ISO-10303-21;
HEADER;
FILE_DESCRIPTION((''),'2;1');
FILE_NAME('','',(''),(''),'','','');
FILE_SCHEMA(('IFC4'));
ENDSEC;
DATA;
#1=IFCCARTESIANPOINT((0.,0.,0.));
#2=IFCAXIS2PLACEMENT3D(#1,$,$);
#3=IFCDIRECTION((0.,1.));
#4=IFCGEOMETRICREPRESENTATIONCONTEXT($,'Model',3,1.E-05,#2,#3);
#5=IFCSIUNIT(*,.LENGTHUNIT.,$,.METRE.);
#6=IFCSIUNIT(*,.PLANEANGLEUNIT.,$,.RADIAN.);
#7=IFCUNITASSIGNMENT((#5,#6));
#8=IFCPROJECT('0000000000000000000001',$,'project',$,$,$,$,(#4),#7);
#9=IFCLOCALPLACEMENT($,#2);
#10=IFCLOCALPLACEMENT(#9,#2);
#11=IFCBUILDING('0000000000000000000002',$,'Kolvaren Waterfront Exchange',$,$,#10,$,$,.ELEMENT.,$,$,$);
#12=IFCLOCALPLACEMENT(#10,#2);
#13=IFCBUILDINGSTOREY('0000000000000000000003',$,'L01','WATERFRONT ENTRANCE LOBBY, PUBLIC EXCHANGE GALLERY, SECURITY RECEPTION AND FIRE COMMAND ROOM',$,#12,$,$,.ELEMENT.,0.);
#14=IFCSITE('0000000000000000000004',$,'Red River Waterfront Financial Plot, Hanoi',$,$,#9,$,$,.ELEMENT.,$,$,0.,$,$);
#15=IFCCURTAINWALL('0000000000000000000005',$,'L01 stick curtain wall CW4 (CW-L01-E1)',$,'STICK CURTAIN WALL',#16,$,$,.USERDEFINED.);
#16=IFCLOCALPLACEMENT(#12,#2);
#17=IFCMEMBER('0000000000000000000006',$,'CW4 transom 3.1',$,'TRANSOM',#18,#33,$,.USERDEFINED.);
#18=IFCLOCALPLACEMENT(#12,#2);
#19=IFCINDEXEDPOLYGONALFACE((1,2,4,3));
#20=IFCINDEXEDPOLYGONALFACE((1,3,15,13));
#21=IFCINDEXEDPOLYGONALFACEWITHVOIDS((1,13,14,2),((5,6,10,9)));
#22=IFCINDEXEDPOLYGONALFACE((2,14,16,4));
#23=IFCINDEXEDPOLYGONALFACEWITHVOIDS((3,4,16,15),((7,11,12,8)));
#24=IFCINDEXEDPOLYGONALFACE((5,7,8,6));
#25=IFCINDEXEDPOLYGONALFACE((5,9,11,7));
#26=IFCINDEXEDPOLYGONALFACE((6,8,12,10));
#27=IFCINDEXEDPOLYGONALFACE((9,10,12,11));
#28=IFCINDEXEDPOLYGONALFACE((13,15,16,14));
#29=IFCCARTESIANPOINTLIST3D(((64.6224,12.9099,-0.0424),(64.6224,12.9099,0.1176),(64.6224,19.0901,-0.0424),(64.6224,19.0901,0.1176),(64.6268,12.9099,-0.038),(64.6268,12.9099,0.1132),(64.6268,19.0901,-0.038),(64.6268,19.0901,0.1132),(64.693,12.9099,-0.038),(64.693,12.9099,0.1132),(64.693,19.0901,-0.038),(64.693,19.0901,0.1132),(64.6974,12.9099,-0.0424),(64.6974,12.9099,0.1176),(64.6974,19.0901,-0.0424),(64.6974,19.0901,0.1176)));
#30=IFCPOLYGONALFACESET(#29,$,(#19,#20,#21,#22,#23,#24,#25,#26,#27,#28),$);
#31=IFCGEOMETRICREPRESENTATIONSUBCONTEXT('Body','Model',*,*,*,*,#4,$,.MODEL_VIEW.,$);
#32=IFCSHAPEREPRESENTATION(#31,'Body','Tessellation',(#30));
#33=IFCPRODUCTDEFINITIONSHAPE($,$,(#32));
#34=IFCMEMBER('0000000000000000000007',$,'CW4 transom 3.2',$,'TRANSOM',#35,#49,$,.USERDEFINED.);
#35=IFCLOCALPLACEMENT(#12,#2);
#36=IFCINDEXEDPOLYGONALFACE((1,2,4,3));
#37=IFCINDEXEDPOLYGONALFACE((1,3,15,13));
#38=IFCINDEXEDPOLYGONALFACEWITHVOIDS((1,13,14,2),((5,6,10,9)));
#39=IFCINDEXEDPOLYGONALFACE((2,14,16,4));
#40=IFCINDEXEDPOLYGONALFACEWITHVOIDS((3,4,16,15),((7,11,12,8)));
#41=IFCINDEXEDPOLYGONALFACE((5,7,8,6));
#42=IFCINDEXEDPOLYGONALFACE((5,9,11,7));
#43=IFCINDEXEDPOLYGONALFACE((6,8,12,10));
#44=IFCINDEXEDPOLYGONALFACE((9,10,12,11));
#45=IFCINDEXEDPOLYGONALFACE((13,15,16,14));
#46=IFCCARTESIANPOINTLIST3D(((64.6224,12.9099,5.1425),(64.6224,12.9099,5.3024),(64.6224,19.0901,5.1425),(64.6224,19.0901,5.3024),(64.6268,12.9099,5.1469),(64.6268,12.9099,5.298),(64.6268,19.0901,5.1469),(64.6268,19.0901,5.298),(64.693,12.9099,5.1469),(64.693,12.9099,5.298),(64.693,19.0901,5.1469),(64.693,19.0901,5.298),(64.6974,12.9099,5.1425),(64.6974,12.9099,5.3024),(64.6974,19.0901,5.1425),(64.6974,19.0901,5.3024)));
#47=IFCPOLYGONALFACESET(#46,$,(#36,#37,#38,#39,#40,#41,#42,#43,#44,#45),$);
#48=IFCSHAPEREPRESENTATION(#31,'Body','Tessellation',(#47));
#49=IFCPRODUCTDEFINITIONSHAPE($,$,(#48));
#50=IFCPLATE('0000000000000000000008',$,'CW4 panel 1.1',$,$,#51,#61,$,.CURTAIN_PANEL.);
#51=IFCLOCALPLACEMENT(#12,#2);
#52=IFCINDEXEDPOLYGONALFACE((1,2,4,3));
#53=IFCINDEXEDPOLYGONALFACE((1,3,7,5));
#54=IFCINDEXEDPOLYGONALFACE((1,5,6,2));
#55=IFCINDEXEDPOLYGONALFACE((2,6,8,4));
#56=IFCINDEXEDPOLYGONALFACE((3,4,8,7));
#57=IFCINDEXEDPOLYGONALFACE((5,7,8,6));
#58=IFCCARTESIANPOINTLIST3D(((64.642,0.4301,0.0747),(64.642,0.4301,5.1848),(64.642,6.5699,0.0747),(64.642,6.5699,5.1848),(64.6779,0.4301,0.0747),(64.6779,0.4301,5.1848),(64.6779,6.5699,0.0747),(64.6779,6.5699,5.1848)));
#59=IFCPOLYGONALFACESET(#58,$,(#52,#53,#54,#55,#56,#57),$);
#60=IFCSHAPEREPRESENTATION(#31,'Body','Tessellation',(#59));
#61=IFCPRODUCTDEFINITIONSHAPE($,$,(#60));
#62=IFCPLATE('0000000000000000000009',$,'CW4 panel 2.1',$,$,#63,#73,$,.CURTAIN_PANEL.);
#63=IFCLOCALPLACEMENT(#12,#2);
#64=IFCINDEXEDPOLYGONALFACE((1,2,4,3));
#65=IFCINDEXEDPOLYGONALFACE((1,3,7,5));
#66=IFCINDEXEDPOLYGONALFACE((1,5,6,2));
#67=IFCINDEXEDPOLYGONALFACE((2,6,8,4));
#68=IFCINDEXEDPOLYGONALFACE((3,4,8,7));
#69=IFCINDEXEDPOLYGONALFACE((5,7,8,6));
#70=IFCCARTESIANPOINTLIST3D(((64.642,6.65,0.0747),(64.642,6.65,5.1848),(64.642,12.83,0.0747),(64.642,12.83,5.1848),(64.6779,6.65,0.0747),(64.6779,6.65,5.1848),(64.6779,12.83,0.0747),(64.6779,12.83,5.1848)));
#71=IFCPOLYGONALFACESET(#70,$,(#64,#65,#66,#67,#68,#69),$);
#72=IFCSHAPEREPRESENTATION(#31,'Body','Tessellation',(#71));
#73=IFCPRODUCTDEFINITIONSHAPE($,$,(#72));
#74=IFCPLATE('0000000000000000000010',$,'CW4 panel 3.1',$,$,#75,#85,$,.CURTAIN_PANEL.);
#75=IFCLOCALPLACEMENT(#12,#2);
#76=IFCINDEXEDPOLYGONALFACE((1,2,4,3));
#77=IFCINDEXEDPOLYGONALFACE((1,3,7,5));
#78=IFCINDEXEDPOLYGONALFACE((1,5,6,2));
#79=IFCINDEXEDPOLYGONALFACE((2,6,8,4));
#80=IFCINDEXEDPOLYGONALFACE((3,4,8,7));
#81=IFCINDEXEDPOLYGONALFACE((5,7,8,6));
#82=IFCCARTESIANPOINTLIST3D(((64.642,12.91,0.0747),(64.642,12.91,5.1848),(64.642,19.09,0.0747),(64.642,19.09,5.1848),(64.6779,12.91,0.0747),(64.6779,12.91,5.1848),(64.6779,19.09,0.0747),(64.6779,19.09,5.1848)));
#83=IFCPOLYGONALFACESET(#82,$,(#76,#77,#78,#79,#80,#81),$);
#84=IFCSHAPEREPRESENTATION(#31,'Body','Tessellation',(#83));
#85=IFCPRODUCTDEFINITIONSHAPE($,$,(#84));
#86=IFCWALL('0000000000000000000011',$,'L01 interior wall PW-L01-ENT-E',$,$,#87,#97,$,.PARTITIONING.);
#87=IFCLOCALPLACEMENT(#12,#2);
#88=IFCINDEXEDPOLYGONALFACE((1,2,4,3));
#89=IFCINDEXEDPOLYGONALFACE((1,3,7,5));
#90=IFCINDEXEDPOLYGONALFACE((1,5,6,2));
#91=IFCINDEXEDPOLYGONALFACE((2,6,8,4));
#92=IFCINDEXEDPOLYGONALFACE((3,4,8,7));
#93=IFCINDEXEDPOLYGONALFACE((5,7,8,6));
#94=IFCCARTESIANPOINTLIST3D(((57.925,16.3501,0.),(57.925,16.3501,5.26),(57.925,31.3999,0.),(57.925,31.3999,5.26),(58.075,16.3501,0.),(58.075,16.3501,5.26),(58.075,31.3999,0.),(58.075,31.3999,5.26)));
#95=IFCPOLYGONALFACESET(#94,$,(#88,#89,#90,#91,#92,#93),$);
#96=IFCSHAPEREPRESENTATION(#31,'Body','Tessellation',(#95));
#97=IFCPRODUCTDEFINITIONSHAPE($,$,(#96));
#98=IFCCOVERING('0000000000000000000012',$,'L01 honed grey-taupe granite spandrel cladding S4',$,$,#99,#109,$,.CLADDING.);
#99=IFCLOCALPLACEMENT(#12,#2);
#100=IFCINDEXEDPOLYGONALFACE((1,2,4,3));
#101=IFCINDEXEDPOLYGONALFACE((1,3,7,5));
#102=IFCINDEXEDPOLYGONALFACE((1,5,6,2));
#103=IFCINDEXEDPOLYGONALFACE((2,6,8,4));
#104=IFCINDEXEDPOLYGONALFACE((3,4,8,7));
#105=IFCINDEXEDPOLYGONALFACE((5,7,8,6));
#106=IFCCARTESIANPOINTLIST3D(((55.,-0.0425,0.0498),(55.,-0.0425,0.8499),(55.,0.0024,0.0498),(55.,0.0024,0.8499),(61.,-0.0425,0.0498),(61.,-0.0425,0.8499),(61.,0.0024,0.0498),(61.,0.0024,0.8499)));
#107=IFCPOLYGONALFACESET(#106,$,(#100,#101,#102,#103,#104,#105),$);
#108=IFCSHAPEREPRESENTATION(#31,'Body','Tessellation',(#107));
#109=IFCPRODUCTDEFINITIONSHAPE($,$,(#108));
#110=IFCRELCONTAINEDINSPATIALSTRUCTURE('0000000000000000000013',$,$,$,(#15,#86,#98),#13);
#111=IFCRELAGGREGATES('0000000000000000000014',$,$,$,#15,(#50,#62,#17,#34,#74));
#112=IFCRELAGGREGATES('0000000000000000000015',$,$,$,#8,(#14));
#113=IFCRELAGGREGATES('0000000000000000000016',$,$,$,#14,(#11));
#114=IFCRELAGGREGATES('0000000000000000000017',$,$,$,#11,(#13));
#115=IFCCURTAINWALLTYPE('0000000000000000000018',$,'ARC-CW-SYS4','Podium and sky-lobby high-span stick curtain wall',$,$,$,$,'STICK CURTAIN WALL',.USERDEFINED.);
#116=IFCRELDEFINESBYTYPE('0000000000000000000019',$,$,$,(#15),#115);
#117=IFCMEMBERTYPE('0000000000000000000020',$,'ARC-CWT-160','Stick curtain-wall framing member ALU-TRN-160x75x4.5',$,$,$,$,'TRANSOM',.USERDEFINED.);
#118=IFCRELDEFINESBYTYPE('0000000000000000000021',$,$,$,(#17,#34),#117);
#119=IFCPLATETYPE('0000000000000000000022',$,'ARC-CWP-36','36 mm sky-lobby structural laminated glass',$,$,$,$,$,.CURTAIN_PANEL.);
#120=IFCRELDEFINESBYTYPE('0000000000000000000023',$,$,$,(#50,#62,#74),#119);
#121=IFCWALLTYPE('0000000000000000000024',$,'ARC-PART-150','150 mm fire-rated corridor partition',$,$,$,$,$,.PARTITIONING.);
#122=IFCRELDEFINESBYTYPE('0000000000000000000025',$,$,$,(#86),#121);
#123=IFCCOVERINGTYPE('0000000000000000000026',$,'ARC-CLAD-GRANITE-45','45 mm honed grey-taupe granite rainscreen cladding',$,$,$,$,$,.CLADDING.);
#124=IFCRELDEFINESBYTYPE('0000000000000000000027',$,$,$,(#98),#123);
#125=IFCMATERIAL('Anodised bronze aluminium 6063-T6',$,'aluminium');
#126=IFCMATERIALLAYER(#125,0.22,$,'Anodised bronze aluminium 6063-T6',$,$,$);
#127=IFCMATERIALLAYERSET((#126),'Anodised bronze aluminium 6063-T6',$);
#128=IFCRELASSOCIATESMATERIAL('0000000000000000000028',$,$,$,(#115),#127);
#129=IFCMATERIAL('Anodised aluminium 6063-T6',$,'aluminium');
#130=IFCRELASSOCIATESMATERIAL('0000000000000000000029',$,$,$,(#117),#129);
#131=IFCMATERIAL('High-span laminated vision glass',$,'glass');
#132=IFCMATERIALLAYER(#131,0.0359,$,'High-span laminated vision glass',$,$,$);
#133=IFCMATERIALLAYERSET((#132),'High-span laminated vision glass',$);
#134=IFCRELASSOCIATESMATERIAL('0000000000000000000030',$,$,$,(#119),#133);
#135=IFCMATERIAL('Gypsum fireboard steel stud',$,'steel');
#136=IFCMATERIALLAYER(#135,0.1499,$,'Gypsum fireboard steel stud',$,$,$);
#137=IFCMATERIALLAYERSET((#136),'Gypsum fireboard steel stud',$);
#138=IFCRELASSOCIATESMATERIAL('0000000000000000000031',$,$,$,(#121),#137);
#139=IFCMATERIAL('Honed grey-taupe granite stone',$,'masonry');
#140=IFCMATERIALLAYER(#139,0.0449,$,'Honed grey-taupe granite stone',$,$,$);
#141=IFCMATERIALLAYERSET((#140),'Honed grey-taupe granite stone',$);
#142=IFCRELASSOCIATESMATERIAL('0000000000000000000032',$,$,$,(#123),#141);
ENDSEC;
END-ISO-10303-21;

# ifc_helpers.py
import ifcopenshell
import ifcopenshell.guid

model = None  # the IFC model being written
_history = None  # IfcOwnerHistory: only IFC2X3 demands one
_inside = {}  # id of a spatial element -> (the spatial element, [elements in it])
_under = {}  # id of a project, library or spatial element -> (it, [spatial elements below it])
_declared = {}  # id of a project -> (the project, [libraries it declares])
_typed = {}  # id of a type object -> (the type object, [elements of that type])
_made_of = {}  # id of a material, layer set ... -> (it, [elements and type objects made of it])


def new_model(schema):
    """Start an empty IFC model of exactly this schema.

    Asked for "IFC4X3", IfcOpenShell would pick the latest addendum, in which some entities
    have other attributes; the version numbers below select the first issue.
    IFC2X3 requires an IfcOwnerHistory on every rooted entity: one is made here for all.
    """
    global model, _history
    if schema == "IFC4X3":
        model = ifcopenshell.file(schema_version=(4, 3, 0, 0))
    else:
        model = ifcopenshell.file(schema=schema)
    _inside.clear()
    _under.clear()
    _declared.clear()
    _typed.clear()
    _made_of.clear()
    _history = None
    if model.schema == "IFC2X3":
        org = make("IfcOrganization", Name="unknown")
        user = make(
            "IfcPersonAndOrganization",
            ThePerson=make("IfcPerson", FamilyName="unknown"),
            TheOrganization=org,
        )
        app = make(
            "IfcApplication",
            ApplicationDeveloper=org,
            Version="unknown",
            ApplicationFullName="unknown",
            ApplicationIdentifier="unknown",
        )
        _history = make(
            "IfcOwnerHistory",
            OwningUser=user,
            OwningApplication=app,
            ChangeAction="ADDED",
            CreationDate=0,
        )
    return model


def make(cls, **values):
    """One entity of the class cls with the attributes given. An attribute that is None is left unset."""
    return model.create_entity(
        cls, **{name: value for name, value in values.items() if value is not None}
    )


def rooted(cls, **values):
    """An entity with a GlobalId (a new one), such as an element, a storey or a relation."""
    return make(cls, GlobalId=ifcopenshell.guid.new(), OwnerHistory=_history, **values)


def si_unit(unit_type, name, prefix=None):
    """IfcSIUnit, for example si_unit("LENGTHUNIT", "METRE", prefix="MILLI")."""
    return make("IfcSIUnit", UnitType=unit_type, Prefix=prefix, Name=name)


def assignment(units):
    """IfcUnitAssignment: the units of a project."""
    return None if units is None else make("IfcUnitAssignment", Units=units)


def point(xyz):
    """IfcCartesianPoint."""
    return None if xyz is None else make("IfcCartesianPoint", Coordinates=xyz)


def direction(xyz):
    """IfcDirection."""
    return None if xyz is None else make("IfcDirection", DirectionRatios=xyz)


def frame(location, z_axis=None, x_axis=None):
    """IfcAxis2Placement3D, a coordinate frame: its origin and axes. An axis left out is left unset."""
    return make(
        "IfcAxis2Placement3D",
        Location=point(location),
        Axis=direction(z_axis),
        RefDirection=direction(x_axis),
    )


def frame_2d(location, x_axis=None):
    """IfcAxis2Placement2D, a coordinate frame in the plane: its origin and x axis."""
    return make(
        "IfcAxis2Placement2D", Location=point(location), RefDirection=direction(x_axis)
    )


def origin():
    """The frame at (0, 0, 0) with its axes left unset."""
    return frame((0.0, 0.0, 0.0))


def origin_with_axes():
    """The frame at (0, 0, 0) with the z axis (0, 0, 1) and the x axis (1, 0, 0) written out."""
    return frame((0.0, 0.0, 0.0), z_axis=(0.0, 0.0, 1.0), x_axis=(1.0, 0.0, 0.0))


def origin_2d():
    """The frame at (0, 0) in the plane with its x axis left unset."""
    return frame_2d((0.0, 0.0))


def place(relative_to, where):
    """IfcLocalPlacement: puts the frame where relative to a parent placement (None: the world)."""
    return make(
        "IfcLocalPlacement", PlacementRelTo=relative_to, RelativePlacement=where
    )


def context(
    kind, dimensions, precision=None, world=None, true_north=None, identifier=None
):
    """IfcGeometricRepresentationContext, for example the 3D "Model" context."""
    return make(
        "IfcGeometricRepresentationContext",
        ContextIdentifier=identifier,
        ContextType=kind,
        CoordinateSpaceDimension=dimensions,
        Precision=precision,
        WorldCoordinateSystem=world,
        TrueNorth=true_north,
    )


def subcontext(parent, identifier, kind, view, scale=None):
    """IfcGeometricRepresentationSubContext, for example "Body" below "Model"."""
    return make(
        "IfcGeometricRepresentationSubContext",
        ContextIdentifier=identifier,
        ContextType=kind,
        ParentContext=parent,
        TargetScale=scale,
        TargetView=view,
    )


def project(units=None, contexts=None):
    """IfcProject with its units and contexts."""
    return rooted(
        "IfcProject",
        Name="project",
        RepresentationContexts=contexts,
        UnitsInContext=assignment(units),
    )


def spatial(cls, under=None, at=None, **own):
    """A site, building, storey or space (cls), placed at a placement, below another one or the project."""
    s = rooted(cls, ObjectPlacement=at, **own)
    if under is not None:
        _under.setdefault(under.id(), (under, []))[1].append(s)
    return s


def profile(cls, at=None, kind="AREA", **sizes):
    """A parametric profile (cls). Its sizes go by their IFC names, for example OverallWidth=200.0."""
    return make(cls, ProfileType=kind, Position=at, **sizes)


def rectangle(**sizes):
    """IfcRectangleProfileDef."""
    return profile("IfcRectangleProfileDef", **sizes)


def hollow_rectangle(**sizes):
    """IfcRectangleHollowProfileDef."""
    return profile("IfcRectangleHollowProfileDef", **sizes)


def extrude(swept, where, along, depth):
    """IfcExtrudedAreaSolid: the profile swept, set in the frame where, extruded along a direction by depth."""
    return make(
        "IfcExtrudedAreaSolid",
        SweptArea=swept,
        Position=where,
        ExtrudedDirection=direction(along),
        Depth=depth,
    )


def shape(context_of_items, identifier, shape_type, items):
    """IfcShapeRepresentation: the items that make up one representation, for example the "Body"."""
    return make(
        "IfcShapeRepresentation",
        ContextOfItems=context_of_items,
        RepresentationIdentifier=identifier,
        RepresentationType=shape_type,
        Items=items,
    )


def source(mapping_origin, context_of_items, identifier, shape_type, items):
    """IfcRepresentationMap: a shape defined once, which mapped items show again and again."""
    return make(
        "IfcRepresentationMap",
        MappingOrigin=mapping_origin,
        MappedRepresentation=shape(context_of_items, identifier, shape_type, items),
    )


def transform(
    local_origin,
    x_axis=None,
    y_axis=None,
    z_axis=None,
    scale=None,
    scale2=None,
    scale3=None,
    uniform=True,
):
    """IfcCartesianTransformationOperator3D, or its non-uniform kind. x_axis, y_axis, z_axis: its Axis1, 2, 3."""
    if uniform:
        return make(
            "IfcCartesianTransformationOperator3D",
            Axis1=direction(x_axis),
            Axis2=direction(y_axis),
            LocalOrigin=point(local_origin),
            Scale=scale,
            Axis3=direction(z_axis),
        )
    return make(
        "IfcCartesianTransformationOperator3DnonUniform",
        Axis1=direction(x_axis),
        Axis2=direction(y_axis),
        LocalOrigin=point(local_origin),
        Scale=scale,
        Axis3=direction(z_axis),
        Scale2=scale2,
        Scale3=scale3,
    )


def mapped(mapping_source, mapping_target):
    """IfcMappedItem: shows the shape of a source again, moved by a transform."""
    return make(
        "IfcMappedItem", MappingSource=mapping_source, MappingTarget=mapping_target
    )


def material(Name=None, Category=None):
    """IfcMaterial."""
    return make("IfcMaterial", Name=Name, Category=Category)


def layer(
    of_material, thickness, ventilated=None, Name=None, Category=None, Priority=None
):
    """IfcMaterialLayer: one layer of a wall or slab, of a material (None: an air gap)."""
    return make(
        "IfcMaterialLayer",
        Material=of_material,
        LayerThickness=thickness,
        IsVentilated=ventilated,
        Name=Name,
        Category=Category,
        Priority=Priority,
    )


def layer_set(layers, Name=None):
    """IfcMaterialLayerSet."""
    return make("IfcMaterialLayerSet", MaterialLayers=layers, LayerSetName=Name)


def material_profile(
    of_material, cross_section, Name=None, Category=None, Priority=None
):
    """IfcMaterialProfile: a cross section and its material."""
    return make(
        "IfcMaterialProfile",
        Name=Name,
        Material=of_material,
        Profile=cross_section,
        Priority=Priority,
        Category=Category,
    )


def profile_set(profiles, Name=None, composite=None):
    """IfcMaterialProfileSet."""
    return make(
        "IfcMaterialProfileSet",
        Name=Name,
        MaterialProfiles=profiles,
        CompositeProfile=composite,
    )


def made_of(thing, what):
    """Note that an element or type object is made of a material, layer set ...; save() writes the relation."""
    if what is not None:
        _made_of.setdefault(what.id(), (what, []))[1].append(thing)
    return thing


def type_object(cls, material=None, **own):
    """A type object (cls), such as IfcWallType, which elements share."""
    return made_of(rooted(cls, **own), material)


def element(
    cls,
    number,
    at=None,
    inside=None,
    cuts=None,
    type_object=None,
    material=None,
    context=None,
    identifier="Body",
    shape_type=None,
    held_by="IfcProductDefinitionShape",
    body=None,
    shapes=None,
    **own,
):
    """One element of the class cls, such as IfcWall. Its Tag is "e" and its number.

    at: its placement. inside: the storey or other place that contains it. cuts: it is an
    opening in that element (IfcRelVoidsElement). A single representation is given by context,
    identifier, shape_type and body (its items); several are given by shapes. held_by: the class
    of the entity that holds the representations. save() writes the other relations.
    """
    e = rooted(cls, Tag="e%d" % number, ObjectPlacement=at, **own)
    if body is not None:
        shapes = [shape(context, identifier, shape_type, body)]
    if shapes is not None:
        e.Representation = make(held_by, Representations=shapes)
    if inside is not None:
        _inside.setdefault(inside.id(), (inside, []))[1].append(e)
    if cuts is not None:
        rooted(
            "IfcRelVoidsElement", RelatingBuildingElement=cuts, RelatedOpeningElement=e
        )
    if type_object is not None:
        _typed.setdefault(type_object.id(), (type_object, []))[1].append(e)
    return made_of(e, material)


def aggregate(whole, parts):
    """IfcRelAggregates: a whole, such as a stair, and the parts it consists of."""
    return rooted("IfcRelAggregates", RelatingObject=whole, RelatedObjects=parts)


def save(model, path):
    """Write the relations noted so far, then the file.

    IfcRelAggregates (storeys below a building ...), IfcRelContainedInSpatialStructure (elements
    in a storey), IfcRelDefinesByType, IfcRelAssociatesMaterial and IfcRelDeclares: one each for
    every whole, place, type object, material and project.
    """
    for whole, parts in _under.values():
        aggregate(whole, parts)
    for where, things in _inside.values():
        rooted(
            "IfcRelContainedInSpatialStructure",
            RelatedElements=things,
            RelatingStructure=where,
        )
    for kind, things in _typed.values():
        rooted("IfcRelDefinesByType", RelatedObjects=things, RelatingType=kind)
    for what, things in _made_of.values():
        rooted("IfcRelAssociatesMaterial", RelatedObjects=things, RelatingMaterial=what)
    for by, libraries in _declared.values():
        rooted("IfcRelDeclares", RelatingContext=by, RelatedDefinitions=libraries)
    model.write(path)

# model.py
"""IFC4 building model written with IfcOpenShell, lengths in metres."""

from ifc_helpers import new_model, si_unit, direction, frame, frame_2d, origin, origin_with_axes, origin_2d, place, context, subcontext, project, spatial, rectangle, hollow_rectangle, extrude, source, transform, mapped, material, layer, layer_set, material_profile, profile_set, type_object, element, aggregate, save


model = new_model("IFC4")

# Units and contexts
model_context = context("Model", 3, precision=1e-05, world=origin(), true_north=direction((0.0, 1.0)))
body_context = subcontext(model_context, "Body", "Model", "MODEL_VIEW")
ifc_project = project(units=[si_unit("LENGTHUNIT", "METRE"), si_unit("PLANEANGLEUNIT", "RADIAN")], contexts=[model_context])

# Site, building, storey
site_placement = place(None, origin())
site = spatial("IfcSite", under=ifc_project, at=site_placement, Name="Red River Waterfront Financial Plot, Hanoi", CompositionType="ELEMENT", RefElevation=0.0)
building_placement = place(site_placement, origin())
building = spatial("IfcBuilding", under=site, at=building_placement, Name="Kolvaren Waterfront Exchange", CompositionType="ELEMENT")
storey_placement = place(building_placement, origin())
storey = spatial("IfcBuildingStorey", under=building, at=storey_placement, Name="L01", Description="WATERFRONT ENTRANCE LOBBY, PUBLIC EXCHANGE GALLERY, SECURITY RECEPTION AND FIRE COMMAND ROOM", CompositionType="ELEMENT", Elevation=0.0)

# Curtain wall, members, plates
ifc_material_1 = material(Name="Anodised bronze aluminium 6063-T6", Category="aluminium")
ifc_layer_1 = layer(ifc_material_1, 0.22, Name="Anodised bronze aluminium 6063-T6")
ifc_layer_set_1 = layer_set([ifc_layer_1], Name="Anodised bronze aluminium 6063-T6")
curtain_wall_type = type_object("IfcCurtainWallType", Name="ARC-CW-SYS4", Description="Podium and sky-lobby high-span stick curtain wall", ElementType="STICK CURTAIN WALL", PredefinedType="USERDEFINED", material=ifc_layer_set_1)
curtain_wall_placement = place(storey_placement, origin())
curtain_wall = element("IfcCurtainWall", 1, at=curtain_wall_placement, inside=storey, type_object=curtain_wall_type, Name="L01 stick curtain wall CW4 (CW-L01-E1)", ObjectType="STICK CURTAIN WALL", PredefinedType="USERDEFINED")
ifc_material_2 = material(Name="Anodised aluminium 6063-T6", Category="aluminium")
ifc_material_profile_1 = material_profile(ifc_material_2, hollow_rectangle(XDim=0.075, YDim=0.1599, WallThickness=0.0044, at=origin_2d()), Name="ALU-TRN-160x75x4.5")
ifc_profile_set_1 = profile_set([ifc_material_profile_1], Name="Anodised aluminium 6063-T6")
member_type_1 = type_object("IfcMemberType", Name="ARC-CWT-160", Description="Stick curtain-wall framing member ALU-TRN-160x75x4.5", ElementType="TRANSOM", PredefinedType="USERDEFINED", material=ifc_profile_set_1)
shared_shape_1 = source(origin_with_axes(), body_context, "Body", "SweptSolid", [
    extrude(hollow_rectangle(XDim=0.075, YDim=0.1599, WallThickness=0.0044, at=origin_2d()), origin(), (0.0, 0.0, 1.0), 6.1802),
])
member_1_placement = place(storey_placement, frame((64.6599, 12.9099, 0.0376), z_axis=(0.0, 1.0, 0.0), x_axis=(-1.0, 0.0, 0.0)))
member_1 = element("IfcMember", 2, at=member_1_placement, type_object=member_type_1, Name="CW4 transom 3.1", ObjectType="TRANSOM", PredefinedType="USERDEFINED", context=body_context, shape_type="MappedRepresentation", body=[
    mapped(shared_shape_1, transform((0.0, 0.0, 0.0), x_axis=(1.0, 0.0, 0.0), y_axis=(0.0, 1.0, 0.0), z_axis=(0.0, 0.0, 1.0), scale=1.0)),
])
member_2_placement = place(storey_placement, frame((64.6599, 12.9099, 5.2224), z_axis=(0.0, 1.0, 0.0), x_axis=(-1.0, 0.0, 0.0)))
member_2 = element("IfcMember", 3, at=member_2_placement, type_object=member_type_1, Name="CW4 transom 3.2", ObjectType="TRANSOM", PredefinedType="USERDEFINED", context=body_context, shape_type="MappedRepresentation", body=[
    mapped(shared_shape_1, transform((0.0, 0.0, 0.0), x_axis=(1.0, 0.0, 0.0), y_axis=(0.0, 1.0, 0.0), z_axis=(0.0, 0.0, 1.0), scale=1.0)),
])
ifc_material_3 = material(Name="High-span laminated vision glass", Category="glass")
ifc_layer_2 = layer(ifc_material_3, 0.0359, Name="High-span laminated vision glass")
ifc_layer_set_2 = layer_set([ifc_layer_2], Name="High-span laminated vision glass")
plate_type = type_object("IfcPlateType", Name="ARC-CWP-36", Description="36 mm sky-lobby structural laminated glass", PredefinedType="CURTAIN_PANEL", material=ifc_layer_set_2)
shared_shape_2 = source(origin_with_axes(), body_context, "Body", "SweptSolid", [
    extrude(rectangle(XDim=6.1399, YDim=0.0359, at=origin_2d()), origin(), (0.0, 0.0, 1.0), 5.1101),
])
plate_1_placement = place(storey_placement, frame((64.6599, 3.5, 0.0747), z_axis=(0.0, 0.0, 1.0), x_axis=(0.0, 1.0, 0.0)))
plate_1 = element("IfcPlate", 4, at=plate_1_placement, type_object=plate_type, Name="CW4 panel 1.1", PredefinedType="CURTAIN_PANEL", context=body_context, shape_type="MappedRepresentation", body=[
    mapped(shared_shape_2, transform((0.0, 0.0, 0.0), x_axis=(1.0, 0.0, 0.0), y_axis=(0.0, 1.0, 0.0), z_axis=(0.0, 0.0, 1.0), scale=1.0)),
])
shared_shape_3 = source(origin_with_axes(), body_context, "Body", "SweptSolid", [
    extrude(rectangle(XDim=6.1799, YDim=0.0359, at=origin_2d()), origin(), (0.0, 0.0, 1.0), 5.1101),
])
plate_2_placement = place(storey_placement, frame((64.6599, 9.74, 0.0747), z_axis=(0.0, 0.0, 1.0), x_axis=(0.0, 1.0, 0.0)))
plate_2 = element("IfcPlate", 5, at=plate_2_placement, type_object=plate_type, Name="CW4 panel 2.1", PredefinedType="CURTAIN_PANEL", context=body_context, shape_type="MappedRepresentation", body=[
    mapped(shared_shape_3, transform((0.0, 0.0, 0.0), x_axis=(1.0, 0.0, 0.0), y_axis=(0.0, 1.0, 0.0), z_axis=(0.0, 0.0, 1.0), scale=1.0)),
])
plate_3_placement = place(storey_placement, frame((64.6599, 16.0, 0.0747), z_axis=(0.0, 0.0, 1.0), x_axis=(0.0, 1.0, 0.0)))
plate_3 = element("IfcPlate", 6, at=plate_3_placement, type_object=plate_type, Name="CW4 panel 3.1", PredefinedType="CURTAIN_PANEL", context=body_context, shape_type="MappedRepresentation", body=[
    mapped(shared_shape_3, transform((0.0, 0.0, 0.0), x_axis=(1.0, 0.0, 0.0), y_axis=(0.0, 1.0, 0.0), z_axis=(0.0, 0.0, 1.0), scale=1.0)),
])
aggregate(curtain_wall, [plate_1, plate_2, member_1, member_2, plate_3])

# Wall
ifc_material_4 = material(Name="Gypsum fireboard steel stud", Category="steel")
ifc_layer_3 = layer(ifc_material_4, 0.1499, Name="Gypsum fireboard steel stud")
ifc_layer_set_3 = layer_set([ifc_layer_3], Name="Gypsum fireboard steel stud")
wall_type = type_object("IfcWallType", Name="ARC-PART-150", Description="150 mm fire-rated corridor partition", PredefinedType="PARTITIONING", material=ifc_layer_set_3)
wall_placement = place(storey_placement, frame((58.0, 16.3501, 0.0), z_axis=(0.0, 0.0, 1.0), x_axis=(0.0, 1.0, 0.0)))
element("IfcWall", 7, at=wall_placement, inside=storey, type_object=wall_type, Name="L01 interior wall PW-L01-ENT-E", PredefinedType="PARTITIONING", context=body_context, shape_type="SweptSolid", body=[
    extrude(rectangle(XDim=15.0498, YDim=0.1499, at=frame_2d((7.5249, 0.0))), origin(), (0.0, 0.0, 1.0), 5.26),
])

# Covering
ifc_material_5 = material(Name="Honed grey-taupe granite stone", Category="masonry")
ifc_layer_4 = layer(ifc_material_5, 0.0449, Name="Honed grey-taupe granite stone")
ifc_layer_set_4 = layer_set([ifc_layer_4], Name="Honed grey-taupe granite stone")
covering_type = type_object("IfcCoveringType", Name="ARC-CLAD-GRANITE-45", Description="45 mm honed grey-taupe granite rainscreen cladding", PredefinedType="CLADDING", material=ifc_layer_set_4)
covering_placement = place(storey_placement, frame((58.0, -0.02, 0.0498), z_axis=(0.0, 0.0, 1.0), x_axis=(1.0, 0.0, 0.0)))
element("IfcCovering", 8, at=covering_placement, inside=storey, type_object=covering_type, Name="L01 honed grey-taupe granite spandrel cladding S4", PredefinedType="CLADDING", context=body_context, shape_type="SweptSolid", body=[
    extrude(rectangle(XDim=6.0, YDim=0.0449, at=origin_2d()), origin(), (0.0, 0.0, 1.0), 0.8),
])

save(model, "model.ifc")
